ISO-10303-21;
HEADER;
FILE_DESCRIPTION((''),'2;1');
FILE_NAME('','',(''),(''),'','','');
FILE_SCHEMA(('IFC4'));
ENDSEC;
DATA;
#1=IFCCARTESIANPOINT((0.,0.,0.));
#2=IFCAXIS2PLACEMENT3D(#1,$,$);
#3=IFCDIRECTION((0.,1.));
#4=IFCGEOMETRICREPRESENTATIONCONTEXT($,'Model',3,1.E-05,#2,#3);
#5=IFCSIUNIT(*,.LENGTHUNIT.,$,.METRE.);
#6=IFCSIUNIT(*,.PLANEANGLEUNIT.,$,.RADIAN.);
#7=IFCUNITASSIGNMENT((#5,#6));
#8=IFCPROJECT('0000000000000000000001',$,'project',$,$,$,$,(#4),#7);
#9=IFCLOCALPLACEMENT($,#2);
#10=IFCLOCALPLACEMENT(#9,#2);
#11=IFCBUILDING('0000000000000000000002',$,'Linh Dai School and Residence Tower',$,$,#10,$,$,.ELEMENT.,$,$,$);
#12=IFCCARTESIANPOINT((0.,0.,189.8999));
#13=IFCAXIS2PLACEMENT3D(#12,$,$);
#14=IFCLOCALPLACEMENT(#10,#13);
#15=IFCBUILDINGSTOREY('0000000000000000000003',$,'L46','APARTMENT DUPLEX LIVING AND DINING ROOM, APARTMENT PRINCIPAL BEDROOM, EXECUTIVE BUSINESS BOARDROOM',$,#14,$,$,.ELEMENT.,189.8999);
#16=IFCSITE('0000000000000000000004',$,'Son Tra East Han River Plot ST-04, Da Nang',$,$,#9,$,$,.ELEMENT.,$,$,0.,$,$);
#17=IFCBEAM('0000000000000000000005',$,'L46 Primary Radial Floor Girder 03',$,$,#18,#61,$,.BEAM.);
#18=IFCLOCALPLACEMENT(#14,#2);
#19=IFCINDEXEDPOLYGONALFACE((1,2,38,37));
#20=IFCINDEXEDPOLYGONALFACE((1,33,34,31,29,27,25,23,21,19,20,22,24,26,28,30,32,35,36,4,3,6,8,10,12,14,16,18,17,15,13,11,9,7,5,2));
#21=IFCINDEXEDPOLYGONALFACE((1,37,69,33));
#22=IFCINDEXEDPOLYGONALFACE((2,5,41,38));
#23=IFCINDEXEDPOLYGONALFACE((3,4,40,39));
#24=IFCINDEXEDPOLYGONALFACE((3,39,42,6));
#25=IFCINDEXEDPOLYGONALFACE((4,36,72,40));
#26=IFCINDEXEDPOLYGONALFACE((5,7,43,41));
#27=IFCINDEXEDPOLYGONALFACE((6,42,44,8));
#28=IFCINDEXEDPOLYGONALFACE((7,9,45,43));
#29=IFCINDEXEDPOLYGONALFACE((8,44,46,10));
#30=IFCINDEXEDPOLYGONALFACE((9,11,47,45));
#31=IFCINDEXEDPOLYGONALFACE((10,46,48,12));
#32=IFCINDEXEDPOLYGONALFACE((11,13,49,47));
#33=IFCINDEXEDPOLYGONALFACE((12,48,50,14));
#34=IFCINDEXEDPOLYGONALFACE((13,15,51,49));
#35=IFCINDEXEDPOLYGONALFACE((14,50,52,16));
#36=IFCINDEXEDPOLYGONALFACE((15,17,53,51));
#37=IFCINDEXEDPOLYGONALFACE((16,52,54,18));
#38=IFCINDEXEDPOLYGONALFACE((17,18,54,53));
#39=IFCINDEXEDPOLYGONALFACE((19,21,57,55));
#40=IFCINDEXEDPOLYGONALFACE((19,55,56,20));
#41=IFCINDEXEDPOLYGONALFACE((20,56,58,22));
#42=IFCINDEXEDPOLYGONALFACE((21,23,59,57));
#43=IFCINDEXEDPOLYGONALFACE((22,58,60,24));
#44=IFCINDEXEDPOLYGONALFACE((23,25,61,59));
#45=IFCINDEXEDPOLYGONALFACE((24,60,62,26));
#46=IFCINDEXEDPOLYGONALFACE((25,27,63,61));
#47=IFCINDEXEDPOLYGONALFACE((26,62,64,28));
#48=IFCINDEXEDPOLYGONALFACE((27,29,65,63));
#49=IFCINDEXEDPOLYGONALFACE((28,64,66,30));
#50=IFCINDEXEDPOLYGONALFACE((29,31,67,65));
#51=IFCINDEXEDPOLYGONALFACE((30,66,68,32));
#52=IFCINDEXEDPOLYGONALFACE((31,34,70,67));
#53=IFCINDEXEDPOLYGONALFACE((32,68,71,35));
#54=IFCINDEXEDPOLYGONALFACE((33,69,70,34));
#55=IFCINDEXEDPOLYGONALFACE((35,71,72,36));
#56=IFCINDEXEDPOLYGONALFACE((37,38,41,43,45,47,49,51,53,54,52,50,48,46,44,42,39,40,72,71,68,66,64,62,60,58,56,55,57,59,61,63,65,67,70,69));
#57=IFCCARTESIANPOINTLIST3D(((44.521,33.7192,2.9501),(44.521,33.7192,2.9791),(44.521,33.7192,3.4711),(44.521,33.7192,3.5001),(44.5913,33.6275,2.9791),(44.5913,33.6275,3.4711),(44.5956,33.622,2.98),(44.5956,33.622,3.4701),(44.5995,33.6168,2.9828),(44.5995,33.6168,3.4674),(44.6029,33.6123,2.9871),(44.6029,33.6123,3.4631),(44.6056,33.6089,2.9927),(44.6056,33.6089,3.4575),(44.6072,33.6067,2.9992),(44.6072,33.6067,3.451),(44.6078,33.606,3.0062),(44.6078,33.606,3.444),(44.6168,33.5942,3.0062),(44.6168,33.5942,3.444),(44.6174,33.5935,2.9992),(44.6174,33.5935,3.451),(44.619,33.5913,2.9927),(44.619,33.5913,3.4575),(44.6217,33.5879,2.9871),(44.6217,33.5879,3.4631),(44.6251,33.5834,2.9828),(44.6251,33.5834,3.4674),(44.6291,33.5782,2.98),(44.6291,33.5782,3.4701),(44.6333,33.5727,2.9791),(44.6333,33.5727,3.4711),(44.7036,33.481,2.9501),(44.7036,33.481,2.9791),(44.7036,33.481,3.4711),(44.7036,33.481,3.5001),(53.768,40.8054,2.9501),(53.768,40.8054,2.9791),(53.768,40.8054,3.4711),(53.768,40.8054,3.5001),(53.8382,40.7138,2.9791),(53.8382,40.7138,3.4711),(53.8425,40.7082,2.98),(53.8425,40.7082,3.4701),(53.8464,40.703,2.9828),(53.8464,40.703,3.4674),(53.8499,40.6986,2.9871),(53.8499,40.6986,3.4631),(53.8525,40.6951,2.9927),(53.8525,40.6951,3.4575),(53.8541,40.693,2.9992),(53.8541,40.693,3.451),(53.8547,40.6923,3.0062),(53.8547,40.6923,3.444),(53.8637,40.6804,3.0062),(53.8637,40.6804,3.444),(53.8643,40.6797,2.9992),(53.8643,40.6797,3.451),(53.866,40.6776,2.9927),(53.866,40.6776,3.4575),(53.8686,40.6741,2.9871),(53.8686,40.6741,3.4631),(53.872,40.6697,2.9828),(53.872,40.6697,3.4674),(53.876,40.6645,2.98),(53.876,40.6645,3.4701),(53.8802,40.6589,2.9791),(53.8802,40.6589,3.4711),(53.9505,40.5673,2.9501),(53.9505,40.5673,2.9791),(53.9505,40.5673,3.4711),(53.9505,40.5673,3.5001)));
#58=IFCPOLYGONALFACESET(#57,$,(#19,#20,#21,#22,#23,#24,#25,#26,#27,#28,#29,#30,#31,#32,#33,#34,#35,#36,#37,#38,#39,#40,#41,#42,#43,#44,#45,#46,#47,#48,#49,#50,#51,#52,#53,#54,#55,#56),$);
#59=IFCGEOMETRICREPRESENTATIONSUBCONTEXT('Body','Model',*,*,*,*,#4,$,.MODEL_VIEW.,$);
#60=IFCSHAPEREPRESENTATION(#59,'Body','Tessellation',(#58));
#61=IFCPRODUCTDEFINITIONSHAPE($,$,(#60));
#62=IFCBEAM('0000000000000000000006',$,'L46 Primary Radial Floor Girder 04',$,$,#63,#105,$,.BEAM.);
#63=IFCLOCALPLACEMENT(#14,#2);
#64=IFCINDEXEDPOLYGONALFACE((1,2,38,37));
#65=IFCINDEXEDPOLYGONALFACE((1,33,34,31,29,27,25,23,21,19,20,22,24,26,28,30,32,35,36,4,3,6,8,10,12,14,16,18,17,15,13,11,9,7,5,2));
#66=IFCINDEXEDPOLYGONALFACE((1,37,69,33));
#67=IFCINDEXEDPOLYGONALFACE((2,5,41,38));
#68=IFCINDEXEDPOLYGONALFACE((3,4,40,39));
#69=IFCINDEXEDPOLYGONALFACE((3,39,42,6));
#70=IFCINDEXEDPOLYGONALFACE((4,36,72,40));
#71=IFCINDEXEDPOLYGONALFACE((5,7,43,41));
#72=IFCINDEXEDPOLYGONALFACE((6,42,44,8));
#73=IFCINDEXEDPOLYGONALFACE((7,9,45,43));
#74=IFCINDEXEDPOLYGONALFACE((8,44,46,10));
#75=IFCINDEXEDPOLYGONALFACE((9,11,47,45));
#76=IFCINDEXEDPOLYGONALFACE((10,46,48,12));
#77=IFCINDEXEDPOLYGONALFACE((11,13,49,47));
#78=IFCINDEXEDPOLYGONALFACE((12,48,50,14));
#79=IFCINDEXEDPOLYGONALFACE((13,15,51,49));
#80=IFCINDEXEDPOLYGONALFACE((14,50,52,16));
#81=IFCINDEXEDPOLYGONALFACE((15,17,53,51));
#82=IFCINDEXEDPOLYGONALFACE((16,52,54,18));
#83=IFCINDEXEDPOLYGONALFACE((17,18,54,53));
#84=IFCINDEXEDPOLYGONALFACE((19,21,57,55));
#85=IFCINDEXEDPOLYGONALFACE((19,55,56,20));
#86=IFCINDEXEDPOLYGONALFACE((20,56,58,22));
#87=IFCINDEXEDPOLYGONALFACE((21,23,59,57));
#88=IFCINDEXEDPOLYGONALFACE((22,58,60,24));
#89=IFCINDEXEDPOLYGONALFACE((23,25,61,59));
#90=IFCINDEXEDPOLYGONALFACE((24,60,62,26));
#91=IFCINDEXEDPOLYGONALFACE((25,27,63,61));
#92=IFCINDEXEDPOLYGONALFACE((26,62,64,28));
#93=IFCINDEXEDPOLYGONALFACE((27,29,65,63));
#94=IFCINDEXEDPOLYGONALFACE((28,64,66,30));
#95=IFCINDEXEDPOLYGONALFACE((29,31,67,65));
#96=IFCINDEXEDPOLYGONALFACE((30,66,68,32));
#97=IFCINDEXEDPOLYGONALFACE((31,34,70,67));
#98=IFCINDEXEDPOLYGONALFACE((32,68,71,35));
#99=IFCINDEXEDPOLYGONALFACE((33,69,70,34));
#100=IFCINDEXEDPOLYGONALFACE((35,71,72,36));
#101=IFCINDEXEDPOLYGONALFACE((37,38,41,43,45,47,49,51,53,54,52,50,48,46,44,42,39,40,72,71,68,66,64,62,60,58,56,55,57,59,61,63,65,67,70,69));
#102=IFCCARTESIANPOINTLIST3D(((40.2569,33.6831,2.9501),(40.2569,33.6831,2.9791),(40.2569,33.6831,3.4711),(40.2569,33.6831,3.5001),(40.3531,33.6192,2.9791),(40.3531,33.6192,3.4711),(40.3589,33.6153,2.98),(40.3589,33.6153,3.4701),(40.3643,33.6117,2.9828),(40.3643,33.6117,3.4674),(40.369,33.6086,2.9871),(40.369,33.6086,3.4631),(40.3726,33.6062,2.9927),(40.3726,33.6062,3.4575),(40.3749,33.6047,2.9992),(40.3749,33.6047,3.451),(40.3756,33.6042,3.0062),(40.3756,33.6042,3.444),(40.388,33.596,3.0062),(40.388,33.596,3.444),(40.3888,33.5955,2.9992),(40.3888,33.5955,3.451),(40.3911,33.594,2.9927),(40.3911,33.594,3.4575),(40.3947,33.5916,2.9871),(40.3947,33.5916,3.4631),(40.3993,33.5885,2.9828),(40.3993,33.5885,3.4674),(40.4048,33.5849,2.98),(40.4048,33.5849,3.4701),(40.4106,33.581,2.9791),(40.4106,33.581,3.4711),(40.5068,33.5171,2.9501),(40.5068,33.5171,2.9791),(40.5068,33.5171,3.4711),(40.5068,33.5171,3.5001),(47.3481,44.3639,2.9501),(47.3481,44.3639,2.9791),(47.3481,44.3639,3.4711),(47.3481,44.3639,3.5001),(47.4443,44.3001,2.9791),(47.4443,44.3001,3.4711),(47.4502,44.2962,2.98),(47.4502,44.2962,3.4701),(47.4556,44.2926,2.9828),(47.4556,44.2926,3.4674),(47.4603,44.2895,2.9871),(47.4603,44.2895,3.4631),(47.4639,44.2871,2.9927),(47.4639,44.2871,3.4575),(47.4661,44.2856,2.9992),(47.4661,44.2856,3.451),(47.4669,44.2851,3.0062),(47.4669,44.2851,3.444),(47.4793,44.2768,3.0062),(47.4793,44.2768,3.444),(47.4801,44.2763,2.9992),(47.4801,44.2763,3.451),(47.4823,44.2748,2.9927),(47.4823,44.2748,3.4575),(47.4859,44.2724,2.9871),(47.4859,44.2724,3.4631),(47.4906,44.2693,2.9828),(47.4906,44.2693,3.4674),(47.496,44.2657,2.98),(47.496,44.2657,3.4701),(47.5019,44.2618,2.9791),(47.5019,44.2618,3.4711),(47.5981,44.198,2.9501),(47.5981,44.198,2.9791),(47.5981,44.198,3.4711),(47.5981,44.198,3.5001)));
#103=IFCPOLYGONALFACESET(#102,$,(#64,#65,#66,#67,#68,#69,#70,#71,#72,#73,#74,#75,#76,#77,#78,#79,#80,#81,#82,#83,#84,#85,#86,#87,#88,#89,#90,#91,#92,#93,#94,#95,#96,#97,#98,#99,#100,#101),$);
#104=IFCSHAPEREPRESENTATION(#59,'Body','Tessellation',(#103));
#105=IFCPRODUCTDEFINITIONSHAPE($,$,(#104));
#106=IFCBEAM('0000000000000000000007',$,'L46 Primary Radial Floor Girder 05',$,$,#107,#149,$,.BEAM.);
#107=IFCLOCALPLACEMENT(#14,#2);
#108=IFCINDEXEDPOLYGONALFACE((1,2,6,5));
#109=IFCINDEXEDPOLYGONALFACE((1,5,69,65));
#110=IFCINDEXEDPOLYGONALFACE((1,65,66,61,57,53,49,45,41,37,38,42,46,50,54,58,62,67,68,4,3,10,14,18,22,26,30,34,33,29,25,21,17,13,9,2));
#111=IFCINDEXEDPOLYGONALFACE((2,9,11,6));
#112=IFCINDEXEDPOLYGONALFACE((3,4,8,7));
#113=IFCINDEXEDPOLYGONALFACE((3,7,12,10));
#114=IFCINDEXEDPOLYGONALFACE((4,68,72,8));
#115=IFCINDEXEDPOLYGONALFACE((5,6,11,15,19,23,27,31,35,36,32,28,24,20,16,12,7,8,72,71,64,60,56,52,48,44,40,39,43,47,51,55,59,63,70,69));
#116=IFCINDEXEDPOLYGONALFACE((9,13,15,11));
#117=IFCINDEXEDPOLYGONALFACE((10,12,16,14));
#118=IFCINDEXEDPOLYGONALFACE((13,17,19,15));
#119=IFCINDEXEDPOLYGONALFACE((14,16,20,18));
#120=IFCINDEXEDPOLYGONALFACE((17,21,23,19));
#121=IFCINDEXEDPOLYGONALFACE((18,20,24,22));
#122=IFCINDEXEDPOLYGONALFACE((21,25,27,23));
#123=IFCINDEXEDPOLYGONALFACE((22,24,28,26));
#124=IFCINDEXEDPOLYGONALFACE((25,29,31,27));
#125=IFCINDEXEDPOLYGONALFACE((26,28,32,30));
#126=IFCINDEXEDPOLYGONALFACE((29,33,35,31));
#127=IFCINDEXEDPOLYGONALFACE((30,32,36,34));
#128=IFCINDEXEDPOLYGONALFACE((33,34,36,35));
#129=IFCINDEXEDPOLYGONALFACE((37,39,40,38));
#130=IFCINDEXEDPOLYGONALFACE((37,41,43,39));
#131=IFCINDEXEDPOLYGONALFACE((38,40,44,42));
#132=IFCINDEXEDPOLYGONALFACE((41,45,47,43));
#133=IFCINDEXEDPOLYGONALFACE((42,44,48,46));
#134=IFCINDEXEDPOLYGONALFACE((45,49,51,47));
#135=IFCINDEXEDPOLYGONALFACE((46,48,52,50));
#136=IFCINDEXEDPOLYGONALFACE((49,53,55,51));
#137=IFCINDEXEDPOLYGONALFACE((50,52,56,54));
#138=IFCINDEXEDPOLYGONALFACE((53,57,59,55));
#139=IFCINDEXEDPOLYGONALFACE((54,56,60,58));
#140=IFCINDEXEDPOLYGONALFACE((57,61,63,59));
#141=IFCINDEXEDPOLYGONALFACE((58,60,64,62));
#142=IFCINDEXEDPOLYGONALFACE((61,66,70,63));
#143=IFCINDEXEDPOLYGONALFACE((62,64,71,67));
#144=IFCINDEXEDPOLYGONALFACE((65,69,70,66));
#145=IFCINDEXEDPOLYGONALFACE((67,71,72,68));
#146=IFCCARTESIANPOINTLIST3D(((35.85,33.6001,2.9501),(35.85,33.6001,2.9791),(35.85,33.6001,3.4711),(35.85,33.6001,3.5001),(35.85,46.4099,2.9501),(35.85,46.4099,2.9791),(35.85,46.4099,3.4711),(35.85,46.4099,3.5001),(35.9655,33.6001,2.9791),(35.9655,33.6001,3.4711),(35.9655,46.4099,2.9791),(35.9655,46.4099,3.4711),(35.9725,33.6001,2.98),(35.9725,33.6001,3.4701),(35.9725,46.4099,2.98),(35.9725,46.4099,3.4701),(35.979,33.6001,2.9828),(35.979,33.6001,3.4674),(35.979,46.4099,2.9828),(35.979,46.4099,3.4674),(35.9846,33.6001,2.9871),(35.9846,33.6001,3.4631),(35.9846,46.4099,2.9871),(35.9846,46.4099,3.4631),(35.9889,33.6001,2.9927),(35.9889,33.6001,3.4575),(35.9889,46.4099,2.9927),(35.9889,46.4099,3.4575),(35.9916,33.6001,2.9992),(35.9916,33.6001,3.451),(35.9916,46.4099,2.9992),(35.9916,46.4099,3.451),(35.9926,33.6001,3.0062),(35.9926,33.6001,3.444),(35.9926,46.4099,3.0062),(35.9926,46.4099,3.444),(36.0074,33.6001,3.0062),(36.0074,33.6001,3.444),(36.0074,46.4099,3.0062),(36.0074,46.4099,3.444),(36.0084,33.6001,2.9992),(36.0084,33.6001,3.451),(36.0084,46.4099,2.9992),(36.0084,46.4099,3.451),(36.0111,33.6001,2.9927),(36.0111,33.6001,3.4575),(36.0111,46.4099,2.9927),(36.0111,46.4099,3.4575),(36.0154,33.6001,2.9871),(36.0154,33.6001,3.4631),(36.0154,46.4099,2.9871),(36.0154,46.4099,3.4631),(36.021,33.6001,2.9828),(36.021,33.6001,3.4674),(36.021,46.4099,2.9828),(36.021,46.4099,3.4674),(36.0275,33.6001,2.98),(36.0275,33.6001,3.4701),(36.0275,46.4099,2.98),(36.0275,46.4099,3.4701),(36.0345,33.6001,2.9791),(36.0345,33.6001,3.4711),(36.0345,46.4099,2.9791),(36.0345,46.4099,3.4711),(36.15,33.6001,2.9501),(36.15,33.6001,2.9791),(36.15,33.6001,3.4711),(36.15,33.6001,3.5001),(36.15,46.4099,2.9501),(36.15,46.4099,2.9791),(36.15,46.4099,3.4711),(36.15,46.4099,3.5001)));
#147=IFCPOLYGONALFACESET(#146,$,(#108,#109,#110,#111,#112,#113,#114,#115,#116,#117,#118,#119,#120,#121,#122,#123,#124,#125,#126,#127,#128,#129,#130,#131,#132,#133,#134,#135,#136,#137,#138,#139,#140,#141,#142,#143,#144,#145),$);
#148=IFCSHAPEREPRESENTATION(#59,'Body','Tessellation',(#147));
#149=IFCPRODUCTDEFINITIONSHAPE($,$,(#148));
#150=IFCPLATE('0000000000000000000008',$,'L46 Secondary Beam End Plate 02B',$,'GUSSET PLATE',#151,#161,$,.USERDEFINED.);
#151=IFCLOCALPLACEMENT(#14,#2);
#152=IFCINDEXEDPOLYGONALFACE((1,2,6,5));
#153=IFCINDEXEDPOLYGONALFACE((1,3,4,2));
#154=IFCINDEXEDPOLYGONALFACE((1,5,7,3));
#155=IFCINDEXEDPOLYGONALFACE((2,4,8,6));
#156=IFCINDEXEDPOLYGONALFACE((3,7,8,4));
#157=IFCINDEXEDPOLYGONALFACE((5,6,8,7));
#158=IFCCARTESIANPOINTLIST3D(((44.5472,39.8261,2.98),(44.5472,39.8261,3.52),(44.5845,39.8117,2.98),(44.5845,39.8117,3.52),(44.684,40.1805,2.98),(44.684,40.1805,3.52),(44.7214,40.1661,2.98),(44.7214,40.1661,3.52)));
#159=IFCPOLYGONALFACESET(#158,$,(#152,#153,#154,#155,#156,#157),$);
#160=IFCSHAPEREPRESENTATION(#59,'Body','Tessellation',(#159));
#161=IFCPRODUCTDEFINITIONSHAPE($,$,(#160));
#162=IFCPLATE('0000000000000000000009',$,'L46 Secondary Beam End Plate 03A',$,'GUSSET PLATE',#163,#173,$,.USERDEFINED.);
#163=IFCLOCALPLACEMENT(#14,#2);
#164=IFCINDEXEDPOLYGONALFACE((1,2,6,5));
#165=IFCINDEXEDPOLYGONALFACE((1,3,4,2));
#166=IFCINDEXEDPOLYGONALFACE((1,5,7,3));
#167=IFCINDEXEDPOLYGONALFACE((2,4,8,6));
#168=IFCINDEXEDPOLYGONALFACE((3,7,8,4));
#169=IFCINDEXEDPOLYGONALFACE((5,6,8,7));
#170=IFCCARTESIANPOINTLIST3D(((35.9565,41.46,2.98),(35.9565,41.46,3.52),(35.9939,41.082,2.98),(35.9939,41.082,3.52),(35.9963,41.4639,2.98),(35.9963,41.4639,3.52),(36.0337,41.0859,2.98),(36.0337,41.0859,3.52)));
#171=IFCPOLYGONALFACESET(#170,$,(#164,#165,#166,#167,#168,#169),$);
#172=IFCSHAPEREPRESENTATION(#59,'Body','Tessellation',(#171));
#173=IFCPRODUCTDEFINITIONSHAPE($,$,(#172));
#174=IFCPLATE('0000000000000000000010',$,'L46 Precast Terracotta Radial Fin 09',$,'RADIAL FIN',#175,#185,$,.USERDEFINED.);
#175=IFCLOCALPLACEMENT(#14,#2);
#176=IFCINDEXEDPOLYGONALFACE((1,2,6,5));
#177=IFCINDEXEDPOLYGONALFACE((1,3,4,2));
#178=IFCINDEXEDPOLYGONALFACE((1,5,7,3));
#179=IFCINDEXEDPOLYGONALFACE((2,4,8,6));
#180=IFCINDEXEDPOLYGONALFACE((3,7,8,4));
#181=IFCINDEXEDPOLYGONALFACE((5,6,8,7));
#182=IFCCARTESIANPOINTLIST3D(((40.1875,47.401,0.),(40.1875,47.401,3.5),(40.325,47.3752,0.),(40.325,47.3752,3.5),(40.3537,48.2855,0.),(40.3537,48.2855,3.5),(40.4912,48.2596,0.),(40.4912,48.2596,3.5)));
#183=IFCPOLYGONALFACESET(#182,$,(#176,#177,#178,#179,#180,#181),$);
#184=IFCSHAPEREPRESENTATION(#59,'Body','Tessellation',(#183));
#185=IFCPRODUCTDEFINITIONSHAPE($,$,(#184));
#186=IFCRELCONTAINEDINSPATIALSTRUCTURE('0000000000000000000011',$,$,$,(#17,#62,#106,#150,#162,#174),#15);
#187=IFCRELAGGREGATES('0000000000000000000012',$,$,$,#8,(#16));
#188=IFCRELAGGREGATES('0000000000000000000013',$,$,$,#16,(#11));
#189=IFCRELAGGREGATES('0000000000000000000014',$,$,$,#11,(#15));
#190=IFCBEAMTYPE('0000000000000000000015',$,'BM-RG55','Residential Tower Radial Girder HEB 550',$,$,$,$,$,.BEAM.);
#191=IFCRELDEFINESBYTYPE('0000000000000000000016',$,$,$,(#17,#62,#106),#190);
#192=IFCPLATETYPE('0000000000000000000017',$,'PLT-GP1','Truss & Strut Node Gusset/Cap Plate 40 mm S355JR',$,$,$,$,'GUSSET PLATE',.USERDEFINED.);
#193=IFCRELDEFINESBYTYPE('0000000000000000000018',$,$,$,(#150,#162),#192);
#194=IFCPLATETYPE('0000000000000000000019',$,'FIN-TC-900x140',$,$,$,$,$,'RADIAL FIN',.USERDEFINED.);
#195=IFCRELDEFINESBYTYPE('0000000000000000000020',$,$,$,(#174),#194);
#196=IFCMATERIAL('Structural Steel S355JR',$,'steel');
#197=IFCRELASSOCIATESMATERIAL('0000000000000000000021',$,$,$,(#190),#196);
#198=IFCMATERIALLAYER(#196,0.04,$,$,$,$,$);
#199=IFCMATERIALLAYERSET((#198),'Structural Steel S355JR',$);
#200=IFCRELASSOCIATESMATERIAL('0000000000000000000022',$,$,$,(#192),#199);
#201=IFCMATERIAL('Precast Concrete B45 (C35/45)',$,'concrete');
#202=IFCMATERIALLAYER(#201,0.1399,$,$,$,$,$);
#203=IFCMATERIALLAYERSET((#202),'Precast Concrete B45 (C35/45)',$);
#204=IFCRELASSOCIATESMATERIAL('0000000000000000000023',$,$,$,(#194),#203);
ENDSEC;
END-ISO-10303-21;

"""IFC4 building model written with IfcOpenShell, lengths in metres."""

from ifc_helpers import new_model, si_unit, direction, frame, origin, origin_2d, place, context, subcontext, project, spatial, rectangle, i_section, extrude, source, transform, mapped, material, layer, layer_set, material_profile, profile_set, type_object, element, save


model = new_model("IFC4")

# Units and contexts
model_context = context("Model", 3, precision=1e-05, world=origin(), true_north=direction((0.0, 1.0)))
body_context = subcontext(model_context, "Body", "Model", "MODEL_VIEW")
ifc_project = project(units=[si_unit("LENGTHUNIT", "METRE"), si_unit("PLANEANGLEUNIT", "RADIAN")], contexts=[model_context])

# Site, building, storey
site_placement = place(None, origin())
site = spatial("IfcSite", under=ifc_project, at=site_placement, Name="Son Tra East Han River Plot ST-04, Da Nang", CompositionType="ELEMENT", RefElevation=0.0)
building_placement = place(site_placement, origin())
building = spatial("IfcBuilding", under=site, at=building_placement, Name="Linh Dai School and Residence Tower", CompositionType="ELEMENT")
storey_placement = place(building_placement, frame((0.0, 0.0, 189.8999)))
storey = spatial("IfcBuildingStorey", under=building, at=storey_placement, Name="L46", Description="APARTMENT DUPLEX LIVING AND DINING ROOM, APARTMENT PRINCIPAL BEDROOM, EXECUTIVE BUSINESS BOARDROOM", CompositionType="ELEMENT", Elevation=189.8999)

# Shared definitions
ifc_material_1 = material(Name="Structural Steel S355JR", Category="steel")

# Beams
ifc_material_profile_1 = material_profile(ifc_material_1, i_section(OverallWidth=0.3, OverallDepth=0.55, WebThickness=0.0149, FlangeThickness=0.0291, FilletRadius=0.0271, at=origin_2d()), Name="HEB 550")
ifc_profile_set_1 = profile_set([ifc_material_profile_1], Name="Structural Steel S355JR")
beam_type_1 = type_object("IfcBeamType", Name="BM-RG55", Description="Residential Tower Radial Girder HEB 550", PredefinedType="BEAM", material=ifc_profile_set_1)
beam_1_placement = place(storey_placement, frame((44.6123, 33.6001, 3.2251), z_axis=(0.793733, 0.608267, 0.0), x_axis=(-0.608267, 0.793733, 0.0)))
element("IfcBeam", 1, at=beam_1_placement, inside=storey, type_object=beam_type_1, Name="L46 Primary Radial Floor Girder 03", PredefinedType="BEAM", context=body_context, shape_type="SweptSolid", body=[
    extrude(i_section(OverallWidth=0.3, OverallDepth=0.55, WebThickness=0.0149, FlangeThickness=0.0291, FilletRadius=0.0271, at=origin_2d()), origin(), (0.0, 0.0, 1.0), 11.6499),
])
beam_2_placement = place(storey_placement, frame((40.3818, 33.6001, 3.2251), z_axis=(0.553117, 0.833103, 0.0), x_axis=(-0.833103, 0.553117, 0.0)))
element("IfcBeam", 2, at=beam_2_placement, inside=storey, type_object=beam_type_1, Name="L46 Primary Radial Floor Girder 04", PredefinedType="BEAM", context=body_context, shape_type="SweptSolid", body=[
    extrude(i_section(OverallWidth=0.3, OverallDepth=0.55, WebThickness=0.0149, FlangeThickness=0.0291, FilletRadius=0.0271, at=origin_2d()), origin(), (0.0, 0.0, 1.0), 12.8206),
])
beam_3_placement = place(storey_placement, frame((36.0, 33.6001, 3.2251), z_axis=(0.0, 1.0, 0.0), x_axis=(-1.0, 0.0, 0.0)))
element("IfcBeam", 3, at=beam_3_placement, inside=storey, type_object=beam_type_1, Name="L46 Primary Radial Floor Girder 05", PredefinedType="BEAM", context=body_context, shape_type="SweptSolid", body=[
    extrude(i_section(OverallWidth=0.3, OverallDepth=0.55, WebThickness=0.0149, FlangeThickness=0.0291, FilletRadius=0.0271, at=origin_2d()), origin(), (0.0, 0.0, 1.0), 12.8098),
])

# Plates
ifc_layer_1 = layer(ifc_material_1, 0.04)
ifc_layer_set_1 = layer_set([ifc_layer_1], Name="Structural Steel S355JR")
plate_type_1 = type_object("IfcPlateType", Name="PLT-GP1", Description="Truss & Strut Node Gusset/Cap Plate 40 mm S355JR", ElementType="GUSSET PLATE", PredefinedType="USERDEFINED", material=ifc_layer_set_1)
shared_shape_1 = source(origin(), body_context, "Body", "SweptSolid", [
    extrude(rectangle(XDim=0.04, YDim=0.3799, at=origin_2d()), origin(), (0.0, 0.0, 1.0), 0.54),
])
for number, where, z_axis, x_axis, name in (
    (4, (44.6343, 39.9961, 2.98), (0.0, 0.0, 1.0), (-0.932823, 0.360335, 0.0), "L46 Secondary Beam End Plate 02B"),
    (5, (35.9951, 41.2729, 2.98), (0.0, 0.0, 1.0), (-0.995145, -0.098423, 0.0), "L46 Secondary Beam End Plate 03A"),
):
    element("IfcPlate", number, at=place(storey_placement, frame(where, z_axis=z_axis, x_axis=x_axis)), inside=storey, type_object=plate_type_1, Name=name, ObjectType="GUSSET PLATE", PredefinedType="USERDEFINED", context=body_context, shape_type="MappedRepresentation", body=[
        mapped(shared_shape_1, transform((0.0, 0.0, 0.0), x_axis=(1.0, 0.0, 0.0), y_axis=(0.0, 1.0, 0.0), z_axis=(0.0, 0.0, 1.0), scale=1.0)),
    ])
ifc_material_2 = material(Name="Precast Concrete B45 (C35/45)", Category="concrete")
ifc_layer_2 = layer(ifc_material_2, 0.1399)
ifc_layer_set_2 = layer_set([ifc_layer_2], Name="Precast Concrete B45 (C35/45)")
plate_type_2 = type_object("IfcPlateType", Name="FIN-TC-900x140", ElementType="RADIAL FIN", PredefinedType="USERDEFINED", material=ifc_layer_set_2)
shared_shape_2 = source(origin(), body_context, "Body", "SweptSolid", [
    extrude(rectangle(XDim=0.8999, YDim=0.1399, at=origin_2d()), origin(), (0.0, 0.0, 1.0), 3.5),
])
plate_placement = place(storey_placement, frame((40.3394, 47.8303, 0.0), z_axis=(0.0, 0.0, 1.0), x_axis=(0.184763, 0.982783, 0.0)))
element("IfcPlate", 6, at=plate_placement, inside=storey, type_object=plate_type_2, Name="L46 Precast Terracotta Radial Fin 09", ObjectType="RADIAL FIN", PredefinedType="USERDEFINED", context=body_context, shape_type="MappedRepresentation", body=[
    mapped(shared_shape_2, transform((0.0, 0.0, 0.0), x_axis=(1.0, 0.0, 0.0), y_axis=(0.0, 1.0, 0.0), z_axis=(0.0, 0.0, 1.0), scale=1.0)),
])

save(model, "model.ifc")
